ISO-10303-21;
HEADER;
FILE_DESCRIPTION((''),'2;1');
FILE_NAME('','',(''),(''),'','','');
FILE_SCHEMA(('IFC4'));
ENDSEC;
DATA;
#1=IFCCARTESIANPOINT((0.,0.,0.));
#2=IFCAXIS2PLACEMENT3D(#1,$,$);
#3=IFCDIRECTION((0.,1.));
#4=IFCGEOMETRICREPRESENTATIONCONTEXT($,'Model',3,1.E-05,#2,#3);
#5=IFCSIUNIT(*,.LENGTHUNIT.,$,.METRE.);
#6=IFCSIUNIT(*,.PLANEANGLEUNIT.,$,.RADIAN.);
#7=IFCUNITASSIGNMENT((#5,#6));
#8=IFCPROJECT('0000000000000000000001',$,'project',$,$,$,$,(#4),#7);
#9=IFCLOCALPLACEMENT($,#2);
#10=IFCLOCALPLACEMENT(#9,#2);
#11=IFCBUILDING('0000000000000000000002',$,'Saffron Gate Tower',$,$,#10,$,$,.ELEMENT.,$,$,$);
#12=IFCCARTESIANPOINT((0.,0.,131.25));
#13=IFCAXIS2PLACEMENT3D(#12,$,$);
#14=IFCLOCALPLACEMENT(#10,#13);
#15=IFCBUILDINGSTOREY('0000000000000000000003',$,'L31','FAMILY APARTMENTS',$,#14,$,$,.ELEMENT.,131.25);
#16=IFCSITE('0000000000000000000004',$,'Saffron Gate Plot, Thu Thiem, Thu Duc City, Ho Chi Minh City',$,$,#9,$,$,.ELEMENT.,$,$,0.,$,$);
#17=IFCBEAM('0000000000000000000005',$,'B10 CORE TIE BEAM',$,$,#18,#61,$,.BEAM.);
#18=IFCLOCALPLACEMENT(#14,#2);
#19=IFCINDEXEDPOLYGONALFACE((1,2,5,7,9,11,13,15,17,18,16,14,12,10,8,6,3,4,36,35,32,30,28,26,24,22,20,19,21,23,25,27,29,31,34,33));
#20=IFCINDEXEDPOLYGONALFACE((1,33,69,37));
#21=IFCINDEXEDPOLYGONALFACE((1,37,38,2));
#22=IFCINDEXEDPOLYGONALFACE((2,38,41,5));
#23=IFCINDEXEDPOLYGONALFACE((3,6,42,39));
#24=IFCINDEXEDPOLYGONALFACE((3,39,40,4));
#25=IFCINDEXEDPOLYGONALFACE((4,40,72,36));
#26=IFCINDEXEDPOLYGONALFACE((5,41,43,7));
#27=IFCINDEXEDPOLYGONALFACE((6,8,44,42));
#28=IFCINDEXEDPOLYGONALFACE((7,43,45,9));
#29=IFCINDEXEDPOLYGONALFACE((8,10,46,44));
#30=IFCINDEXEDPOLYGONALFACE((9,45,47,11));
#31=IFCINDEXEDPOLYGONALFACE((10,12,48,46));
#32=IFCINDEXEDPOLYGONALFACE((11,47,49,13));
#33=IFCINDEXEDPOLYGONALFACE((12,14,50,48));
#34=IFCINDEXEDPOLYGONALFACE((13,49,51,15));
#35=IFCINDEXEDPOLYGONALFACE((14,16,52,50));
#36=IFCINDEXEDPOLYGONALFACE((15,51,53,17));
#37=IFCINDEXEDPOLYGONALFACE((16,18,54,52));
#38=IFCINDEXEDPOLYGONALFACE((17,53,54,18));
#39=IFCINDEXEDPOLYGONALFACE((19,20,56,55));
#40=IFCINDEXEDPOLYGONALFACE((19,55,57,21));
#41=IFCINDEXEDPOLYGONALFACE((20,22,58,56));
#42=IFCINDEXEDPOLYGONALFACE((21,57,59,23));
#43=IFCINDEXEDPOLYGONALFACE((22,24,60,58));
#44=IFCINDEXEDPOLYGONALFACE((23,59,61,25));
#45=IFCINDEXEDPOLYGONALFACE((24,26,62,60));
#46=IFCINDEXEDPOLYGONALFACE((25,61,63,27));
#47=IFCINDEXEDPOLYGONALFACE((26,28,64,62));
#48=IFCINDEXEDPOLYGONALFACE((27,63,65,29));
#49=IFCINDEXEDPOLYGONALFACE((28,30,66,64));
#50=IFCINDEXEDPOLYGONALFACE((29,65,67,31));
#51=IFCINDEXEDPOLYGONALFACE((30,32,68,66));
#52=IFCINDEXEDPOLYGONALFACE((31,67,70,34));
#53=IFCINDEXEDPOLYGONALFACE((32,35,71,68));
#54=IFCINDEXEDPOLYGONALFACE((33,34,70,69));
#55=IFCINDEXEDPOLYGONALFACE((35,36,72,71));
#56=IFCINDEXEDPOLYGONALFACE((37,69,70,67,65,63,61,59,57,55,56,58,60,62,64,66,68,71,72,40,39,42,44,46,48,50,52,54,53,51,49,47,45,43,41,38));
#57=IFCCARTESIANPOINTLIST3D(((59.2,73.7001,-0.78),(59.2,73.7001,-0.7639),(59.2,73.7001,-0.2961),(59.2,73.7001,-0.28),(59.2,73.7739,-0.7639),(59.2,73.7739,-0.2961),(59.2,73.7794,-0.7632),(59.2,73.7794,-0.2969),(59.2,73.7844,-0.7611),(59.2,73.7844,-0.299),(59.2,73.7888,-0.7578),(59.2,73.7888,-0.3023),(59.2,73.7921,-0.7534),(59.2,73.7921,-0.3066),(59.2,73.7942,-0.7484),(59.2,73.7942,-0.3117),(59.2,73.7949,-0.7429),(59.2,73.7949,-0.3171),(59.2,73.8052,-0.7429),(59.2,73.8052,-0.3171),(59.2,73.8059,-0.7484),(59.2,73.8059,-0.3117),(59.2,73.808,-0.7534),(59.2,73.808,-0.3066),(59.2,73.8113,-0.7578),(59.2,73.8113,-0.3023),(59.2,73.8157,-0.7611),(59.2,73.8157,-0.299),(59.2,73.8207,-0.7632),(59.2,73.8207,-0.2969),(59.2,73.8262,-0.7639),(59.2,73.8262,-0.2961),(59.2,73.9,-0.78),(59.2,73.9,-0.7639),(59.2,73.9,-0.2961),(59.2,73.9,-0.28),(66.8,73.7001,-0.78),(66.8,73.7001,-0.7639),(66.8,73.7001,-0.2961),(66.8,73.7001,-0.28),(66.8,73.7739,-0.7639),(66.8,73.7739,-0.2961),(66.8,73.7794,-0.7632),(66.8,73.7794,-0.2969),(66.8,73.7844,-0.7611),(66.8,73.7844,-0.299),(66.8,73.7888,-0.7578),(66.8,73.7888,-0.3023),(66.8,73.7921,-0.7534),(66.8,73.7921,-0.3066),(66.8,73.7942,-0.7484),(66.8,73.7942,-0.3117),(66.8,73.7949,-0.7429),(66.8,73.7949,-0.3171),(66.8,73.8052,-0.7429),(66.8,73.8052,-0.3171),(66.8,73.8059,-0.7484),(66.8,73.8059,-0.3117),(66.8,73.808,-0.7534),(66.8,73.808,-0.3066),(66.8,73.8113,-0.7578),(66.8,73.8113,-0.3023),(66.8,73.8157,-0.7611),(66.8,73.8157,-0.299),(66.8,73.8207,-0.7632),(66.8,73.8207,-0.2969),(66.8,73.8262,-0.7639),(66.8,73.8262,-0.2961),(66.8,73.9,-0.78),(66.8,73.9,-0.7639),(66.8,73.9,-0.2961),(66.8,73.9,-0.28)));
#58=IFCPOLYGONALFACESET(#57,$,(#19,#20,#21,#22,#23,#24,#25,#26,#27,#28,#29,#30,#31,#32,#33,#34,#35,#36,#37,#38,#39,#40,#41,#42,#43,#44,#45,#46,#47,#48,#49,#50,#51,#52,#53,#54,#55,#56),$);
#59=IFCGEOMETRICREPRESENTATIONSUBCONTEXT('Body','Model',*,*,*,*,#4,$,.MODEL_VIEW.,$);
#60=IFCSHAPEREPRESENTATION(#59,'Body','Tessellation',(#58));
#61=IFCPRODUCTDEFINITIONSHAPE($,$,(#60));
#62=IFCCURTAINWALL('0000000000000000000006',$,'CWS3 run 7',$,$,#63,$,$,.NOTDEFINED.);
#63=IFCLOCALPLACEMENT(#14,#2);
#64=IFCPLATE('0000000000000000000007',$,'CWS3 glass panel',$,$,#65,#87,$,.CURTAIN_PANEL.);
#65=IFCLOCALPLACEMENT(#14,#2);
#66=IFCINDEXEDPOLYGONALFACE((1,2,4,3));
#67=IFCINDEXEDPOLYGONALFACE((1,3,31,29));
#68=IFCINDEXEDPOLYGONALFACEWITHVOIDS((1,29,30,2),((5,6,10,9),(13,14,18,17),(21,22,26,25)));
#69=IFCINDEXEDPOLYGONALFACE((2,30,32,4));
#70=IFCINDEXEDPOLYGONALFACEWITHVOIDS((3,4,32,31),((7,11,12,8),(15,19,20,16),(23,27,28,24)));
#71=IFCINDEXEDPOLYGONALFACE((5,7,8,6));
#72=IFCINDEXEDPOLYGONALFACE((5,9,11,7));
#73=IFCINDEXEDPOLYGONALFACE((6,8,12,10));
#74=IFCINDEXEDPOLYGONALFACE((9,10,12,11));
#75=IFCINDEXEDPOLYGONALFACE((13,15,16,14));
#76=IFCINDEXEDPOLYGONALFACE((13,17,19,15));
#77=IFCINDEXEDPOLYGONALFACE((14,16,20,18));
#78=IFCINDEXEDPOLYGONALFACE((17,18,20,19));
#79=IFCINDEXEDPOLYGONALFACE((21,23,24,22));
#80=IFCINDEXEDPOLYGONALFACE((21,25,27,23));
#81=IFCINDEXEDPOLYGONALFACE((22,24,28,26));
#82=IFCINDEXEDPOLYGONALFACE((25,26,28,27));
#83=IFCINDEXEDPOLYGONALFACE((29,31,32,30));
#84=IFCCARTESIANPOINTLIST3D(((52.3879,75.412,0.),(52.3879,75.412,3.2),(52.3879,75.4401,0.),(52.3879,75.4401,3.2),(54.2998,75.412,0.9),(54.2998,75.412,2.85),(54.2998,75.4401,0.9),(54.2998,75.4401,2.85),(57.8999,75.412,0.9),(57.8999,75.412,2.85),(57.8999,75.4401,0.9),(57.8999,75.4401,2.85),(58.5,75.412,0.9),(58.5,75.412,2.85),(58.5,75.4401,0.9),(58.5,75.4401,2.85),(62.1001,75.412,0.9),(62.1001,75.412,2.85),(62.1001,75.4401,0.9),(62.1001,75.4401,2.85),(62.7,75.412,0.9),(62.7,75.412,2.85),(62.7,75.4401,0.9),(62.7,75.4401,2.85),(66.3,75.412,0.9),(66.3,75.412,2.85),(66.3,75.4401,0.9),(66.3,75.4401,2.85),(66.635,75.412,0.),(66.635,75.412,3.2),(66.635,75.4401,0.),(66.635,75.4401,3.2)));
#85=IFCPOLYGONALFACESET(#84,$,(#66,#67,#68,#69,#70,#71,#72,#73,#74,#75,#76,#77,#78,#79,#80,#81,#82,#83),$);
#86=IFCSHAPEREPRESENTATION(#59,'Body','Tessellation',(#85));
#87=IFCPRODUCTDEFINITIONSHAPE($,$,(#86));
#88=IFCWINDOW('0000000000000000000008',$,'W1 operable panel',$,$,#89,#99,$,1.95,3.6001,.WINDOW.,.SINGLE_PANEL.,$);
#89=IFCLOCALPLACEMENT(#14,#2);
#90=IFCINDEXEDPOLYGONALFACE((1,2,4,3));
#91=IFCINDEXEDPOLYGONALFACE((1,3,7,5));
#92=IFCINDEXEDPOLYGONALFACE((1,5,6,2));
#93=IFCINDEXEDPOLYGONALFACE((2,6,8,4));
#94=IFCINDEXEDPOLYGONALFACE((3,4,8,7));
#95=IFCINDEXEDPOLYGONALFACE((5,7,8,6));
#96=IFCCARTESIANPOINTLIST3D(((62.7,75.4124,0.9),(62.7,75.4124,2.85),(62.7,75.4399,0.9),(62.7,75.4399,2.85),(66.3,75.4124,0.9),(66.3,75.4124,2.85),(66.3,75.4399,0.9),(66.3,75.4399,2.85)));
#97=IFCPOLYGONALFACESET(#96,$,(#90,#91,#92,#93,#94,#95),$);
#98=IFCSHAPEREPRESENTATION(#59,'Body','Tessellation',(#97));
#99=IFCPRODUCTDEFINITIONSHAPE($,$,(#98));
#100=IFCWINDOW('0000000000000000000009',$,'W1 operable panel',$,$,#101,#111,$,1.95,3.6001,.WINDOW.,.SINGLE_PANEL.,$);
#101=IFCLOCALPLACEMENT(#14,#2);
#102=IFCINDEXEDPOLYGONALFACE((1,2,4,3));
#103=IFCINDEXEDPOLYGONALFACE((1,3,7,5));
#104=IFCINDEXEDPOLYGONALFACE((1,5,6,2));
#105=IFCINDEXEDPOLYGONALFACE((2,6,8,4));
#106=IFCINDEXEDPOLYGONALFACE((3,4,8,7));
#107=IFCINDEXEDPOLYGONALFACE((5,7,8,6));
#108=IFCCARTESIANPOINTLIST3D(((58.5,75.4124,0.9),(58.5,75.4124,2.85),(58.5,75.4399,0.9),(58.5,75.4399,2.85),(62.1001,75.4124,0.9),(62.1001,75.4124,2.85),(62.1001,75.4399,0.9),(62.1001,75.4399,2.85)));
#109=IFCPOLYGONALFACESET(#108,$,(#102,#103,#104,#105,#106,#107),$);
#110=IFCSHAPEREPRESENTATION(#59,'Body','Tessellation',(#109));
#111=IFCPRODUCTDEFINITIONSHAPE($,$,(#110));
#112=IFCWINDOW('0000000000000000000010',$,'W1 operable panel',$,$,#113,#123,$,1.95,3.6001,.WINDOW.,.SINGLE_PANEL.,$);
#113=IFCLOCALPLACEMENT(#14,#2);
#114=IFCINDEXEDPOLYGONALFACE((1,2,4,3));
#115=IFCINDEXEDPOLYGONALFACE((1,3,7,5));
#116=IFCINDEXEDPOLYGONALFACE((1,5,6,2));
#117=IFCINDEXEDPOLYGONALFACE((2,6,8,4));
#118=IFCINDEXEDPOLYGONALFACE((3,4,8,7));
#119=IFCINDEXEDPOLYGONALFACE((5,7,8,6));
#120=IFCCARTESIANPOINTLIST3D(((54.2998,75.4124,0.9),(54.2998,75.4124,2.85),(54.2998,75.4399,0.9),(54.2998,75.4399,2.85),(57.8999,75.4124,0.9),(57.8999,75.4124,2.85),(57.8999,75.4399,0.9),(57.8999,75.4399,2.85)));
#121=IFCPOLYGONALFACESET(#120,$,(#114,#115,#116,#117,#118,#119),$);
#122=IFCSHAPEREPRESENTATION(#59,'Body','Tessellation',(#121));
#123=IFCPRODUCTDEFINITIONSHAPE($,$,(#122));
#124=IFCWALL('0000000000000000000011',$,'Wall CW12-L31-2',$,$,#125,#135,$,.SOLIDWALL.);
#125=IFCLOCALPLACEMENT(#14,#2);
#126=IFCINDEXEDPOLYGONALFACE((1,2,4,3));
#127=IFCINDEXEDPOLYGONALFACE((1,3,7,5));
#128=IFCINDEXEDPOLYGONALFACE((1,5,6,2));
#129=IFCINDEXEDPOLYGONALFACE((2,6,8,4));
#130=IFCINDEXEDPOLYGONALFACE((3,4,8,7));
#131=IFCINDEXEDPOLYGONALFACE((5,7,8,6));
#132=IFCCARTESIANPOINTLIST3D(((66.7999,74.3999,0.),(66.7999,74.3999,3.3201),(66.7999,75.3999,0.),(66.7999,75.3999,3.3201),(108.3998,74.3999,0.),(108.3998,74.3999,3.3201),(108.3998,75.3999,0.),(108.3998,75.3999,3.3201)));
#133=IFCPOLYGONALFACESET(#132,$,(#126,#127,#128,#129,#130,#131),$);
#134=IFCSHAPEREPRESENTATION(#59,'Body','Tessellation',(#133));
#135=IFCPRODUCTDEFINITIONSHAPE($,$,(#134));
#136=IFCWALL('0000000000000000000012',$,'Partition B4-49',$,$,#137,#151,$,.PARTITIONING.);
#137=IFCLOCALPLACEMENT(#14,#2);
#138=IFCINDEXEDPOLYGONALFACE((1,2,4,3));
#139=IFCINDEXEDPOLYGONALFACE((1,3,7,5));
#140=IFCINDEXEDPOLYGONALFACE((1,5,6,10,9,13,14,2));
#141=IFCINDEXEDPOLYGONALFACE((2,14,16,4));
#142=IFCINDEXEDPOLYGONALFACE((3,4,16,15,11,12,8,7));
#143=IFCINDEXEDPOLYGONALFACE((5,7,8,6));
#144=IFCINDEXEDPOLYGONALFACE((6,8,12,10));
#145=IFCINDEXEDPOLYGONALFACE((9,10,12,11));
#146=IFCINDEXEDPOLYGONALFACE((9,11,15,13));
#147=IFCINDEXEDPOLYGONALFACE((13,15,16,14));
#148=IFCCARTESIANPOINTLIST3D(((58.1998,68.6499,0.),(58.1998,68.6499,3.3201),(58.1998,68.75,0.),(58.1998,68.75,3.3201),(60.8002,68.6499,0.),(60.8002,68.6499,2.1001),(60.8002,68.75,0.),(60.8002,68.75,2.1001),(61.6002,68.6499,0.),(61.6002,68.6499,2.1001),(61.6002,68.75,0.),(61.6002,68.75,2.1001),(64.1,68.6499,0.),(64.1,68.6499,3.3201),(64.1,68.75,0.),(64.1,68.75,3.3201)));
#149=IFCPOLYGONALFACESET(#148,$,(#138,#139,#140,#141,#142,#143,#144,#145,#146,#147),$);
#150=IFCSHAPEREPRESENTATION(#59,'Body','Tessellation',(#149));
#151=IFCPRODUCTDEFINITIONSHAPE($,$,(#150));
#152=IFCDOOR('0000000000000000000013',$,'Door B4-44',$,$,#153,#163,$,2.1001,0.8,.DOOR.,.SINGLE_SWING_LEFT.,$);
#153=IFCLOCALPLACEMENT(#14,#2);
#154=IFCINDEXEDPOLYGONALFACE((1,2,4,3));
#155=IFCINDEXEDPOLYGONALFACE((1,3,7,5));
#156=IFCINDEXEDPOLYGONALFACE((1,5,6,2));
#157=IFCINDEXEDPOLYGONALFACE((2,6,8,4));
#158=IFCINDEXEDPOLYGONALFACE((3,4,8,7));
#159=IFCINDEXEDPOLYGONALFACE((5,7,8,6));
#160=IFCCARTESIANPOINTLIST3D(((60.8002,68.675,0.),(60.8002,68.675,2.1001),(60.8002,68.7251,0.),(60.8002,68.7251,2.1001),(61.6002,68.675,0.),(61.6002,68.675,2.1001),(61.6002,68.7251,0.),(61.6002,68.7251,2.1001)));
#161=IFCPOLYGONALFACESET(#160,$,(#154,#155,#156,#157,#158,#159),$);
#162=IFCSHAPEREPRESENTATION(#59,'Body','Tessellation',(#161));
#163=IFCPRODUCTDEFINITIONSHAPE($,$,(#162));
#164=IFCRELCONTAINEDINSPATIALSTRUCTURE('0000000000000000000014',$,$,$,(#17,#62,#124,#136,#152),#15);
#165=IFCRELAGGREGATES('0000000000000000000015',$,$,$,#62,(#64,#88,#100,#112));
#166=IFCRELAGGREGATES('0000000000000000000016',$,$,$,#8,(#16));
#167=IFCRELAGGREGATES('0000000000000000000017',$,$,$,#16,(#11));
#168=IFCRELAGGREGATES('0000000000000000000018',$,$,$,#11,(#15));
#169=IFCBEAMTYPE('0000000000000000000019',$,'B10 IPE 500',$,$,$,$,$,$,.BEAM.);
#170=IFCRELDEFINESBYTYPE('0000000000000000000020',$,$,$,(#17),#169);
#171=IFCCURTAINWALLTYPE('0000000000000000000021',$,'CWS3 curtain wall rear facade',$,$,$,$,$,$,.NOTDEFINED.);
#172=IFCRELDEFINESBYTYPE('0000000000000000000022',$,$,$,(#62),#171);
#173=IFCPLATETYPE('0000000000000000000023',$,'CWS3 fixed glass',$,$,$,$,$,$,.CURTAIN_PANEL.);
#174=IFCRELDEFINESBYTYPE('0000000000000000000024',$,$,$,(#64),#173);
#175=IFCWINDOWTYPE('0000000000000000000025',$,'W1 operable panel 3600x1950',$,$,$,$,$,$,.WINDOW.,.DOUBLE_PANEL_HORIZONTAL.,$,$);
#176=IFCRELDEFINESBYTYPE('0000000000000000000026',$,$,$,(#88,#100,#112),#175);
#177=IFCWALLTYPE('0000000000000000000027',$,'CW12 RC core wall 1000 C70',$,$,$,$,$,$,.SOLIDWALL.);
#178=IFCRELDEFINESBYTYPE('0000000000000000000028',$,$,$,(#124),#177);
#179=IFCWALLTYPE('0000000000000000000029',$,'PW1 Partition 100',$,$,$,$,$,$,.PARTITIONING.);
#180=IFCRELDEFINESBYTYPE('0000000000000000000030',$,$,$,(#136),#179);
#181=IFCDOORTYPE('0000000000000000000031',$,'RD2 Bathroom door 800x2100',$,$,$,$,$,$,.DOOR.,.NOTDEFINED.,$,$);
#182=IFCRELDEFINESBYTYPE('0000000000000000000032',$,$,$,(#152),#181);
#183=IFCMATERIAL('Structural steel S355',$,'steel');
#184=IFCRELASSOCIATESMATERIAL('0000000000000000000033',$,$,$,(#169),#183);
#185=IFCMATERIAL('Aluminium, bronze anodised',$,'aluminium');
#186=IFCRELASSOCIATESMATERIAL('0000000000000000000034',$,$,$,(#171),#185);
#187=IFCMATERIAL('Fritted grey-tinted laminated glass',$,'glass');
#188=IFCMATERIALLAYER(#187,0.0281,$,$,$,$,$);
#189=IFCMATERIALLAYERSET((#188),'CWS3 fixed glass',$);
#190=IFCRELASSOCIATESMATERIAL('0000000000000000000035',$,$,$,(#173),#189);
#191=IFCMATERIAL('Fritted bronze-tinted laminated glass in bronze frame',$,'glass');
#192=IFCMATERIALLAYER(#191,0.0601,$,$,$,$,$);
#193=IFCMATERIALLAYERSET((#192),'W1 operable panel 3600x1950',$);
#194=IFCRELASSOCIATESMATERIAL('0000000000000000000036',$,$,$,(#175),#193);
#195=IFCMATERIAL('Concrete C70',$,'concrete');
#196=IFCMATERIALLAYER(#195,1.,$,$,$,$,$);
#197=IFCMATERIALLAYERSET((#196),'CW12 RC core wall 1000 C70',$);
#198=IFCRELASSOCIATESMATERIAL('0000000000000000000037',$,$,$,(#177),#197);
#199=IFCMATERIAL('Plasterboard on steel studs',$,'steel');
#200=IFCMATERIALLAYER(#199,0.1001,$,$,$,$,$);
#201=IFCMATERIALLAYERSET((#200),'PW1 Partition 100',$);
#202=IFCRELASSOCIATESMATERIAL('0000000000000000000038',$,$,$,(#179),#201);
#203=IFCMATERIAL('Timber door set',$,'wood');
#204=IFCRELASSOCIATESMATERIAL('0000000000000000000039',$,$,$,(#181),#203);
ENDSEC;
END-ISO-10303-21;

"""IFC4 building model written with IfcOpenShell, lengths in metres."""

from ifc_helpers import new_model, si_unit, direction, frame, frame_2d, origin, origin_2d, place, context, subcontext, project, spatial, rectangle, i_section, extrude, material, layer, layer_set, material_profile, profile_set, type_object, element, fill, aggregate, save


model = new_model("IFC4")

# Units and contexts
model_context = context("Model", 3, precision=1e-05, world=origin(), true_north=direction((0.0, 1.0)))
body_context = subcontext(model_context, "Body", "Model", "MODEL_VIEW")
ifc_project = project(units=[si_unit("LENGTHUNIT", "METRE"), si_unit("PLANEANGLEUNIT", "RADIAN")], contexts=[model_context])

# Site, building, storey
site_placement = place(None, origin())
site = spatial("IfcSite", under=ifc_project, at=site_placement, Name="Saffron Gate Plot, Thu Thiem, Thu Duc City, Ho Chi Minh City", CompositionType="ELEMENT", RefElevation=0.0)
building_placement = place(site_placement, origin())
building = spatial("IfcBuilding", under=site, at=building_placement, Name="Saffron Gate Tower", CompositionType="ELEMENT")
storey_placement = place(building_placement, frame((0.0, 0.0, 131.25)))
storey = spatial("IfcBuildingStorey", under=building, at=storey_placement, Name="L31", Description="FAMILY APARTMENTS", CompositionType="ELEMENT", Elevation=131.25)

# Beam
ifc_material_1 = material(Name="Structural steel S355", Category="steel")
ifc_material_profile = material_profile(ifc_material_1, i_section(OverallWidth=0.2, OverallDepth=0.5, WebThickness=0.0103, FlangeThickness=0.0161, FilletRadius=0.021, at=origin_2d()))
ifc_profile_set = profile_set([ifc_material_profile], Name="Structural steel S355")
beam_type = type_object("IfcBeamType", Name="B10 IPE 500", PredefinedType="BEAM", material=ifc_profile_set)
beam_placement = place(storey_placement, frame((59.2, 73.8, -0.53), z_axis=(1.0, 0.0, 0.0), x_axis=(0.0, 1.0, 0.0)))
element("IfcBeam", 1, at=beam_placement, inside=storey, type_object=beam_type, Name="B10 CORE TIE BEAM", PredefinedType="BEAM", context=body_context, shape_type="SweptSolid", body=[
    extrude(i_section(OverallWidth=0.2, OverallDepth=0.5, WebThickness=0.0103, FlangeThickness=0.0161, FilletRadius=0.021, at=origin_2d()), origin(), (0.0, 0.0, 1.0), 7.6001),
])

# Curtain wall, plate, openings, windows
ifc_material_2 = material(Name="Aluminium, bronze anodised", Category="aluminium")
curtain_wall_type = type_object("IfcCurtainWallType", Name="CWS3 curtain wall rear facade", PredefinedType="NOTDEFINED", material=ifc_material_2)
curtain_wall_placement = place(storey_placement, origin())
curtain_wall = element("IfcCurtainWall", 2, at=curtain_wall_placement, inside=storey, type_object=curtain_wall_type, Name="CWS3 run 7", PredefinedType="NOTDEFINED")
ifc_material_3 = material(Name="Fritted grey-tinted laminated glass", Category="glass")
ifc_layer_1 = layer(ifc_material_3, 0.0281)
ifc_layer_set_1 = layer_set([ifc_layer_1], Name="CWS3 fixed glass")
plate_type = type_object("IfcPlateType", Name="CWS3 fixed glass", PredefinedType="CURTAIN_PANEL", material=ifc_layer_set_1)
plate_placement = place(storey_placement, frame((66.635, 75.426, 0.0), z_axis=(0.0, 0.0, 1.0), x_axis=(-1.0, 0.0, 0.0)))
plate = element("IfcPlate", 3, at=plate_placement, type_object=plate_type, Name="CWS3 glass panel", PredefinedType="CURTAIN_PANEL", context=body_context, shape_type="SweptSolid", body=[
    extrude(rectangle(XDim=14.2471, YDim=0.0281, at=frame_2d((7.1235, 0.0))), origin(), (0.0, 0.0, 1.0), 3.2),
])
opening_1_placement = place(plate_placement, frame((0.335, 0.0, 0.8999)))
opening_1 = element("IfcOpeningElement", 4, at=opening_1_placement, cuts=plate, PredefinedType="OPENING", context=body_context, shape_type="SweptSolid", body=[
    extrude(rectangle(XDim=3.6001, YDim=1.95, at=frame_2d((1.8, 0.9751))), frame((0.0, 0.0239, 0.0), z_axis=(0.0, -1.0, 0.0), x_axis=(1.0, 0.0, 0.0)), (0.0, 0.0, 1.0), 0.0481),
])
opening_2_placement = place(plate_placement, frame((4.5349, 0.0, 0.8999)))
opening_2 = element("IfcOpeningElement", 5, at=opening_2_placement, cuts=plate, PredefinedType="OPENING", context=body_context, shape_type="SweptSolid", body=[
    extrude(rectangle(XDim=3.6001, YDim=1.95, at=frame_2d((1.8, 0.9751))), frame((0.0, 0.0239, 0.0), z_axis=(0.0, -1.0, 0.0), x_axis=(1.0, 0.0, 0.0)), (0.0, 0.0, 1.0), 0.0481),
])
opening_3_placement = place(plate_placement, frame((8.7351, 0.0, 0.8999)))
opening_3 = element("IfcOpeningElement", 6, at=opening_3_placement, cuts=plate, PredefinedType="OPENING", context=body_context, shape_type="SweptSolid", body=[
    extrude(rectangle(XDim=3.6001, YDim=1.95, at=frame_2d((1.8, 0.9751))), frame((0.0, 0.0239, 0.0), z_axis=(0.0, -1.0, 0.0), x_axis=(1.0, 0.0, 0.0)), (0.0, 0.0, 1.0), 0.0481),
])
ifc_material_4 = material(Name="Fritted bronze-tinted laminated glass in bronze frame", Category="glass")
ifc_layer_2 = layer(ifc_material_4, 0.0601)
ifc_layer_set_2 = layer_set([ifc_layer_2], Name="W1 operable panel 3600x1950")
window_type = type_object("IfcWindowType", Name="W1 operable panel 3600x1950", PartitioningType="DOUBLE_PANEL_HORIZONTAL", PredefinedType="WINDOW", material=ifc_layer_set_2)
window_1_placement = place(opening_1_placement, origin())
window_1 = element("IfcWindow", 7, at=window_1_placement, type_object=window_type, Name="W1 operable panel", OverallHeight=1.95, OverallWidth=3.6001, PartitioningType="SINGLE_PANEL", PredefinedType="WINDOW", context=body_context, shape_type="SweptSolid", body=[
    extrude(rectangle(XDim=3.6001, YDim=1.95, at=frame_2d((1.8, 0.9751))), frame((0.0, 0.0137, 0.0), z_axis=(0.0, -1.0, 0.0), x_axis=(1.0, 0.0, 0.0)), (0.0, 0.0, 1.0), 0.0276),
])
fill(opening_1, window_1)
window_2_placement = place(opening_2_placement, origin())
window_2 = element("IfcWindow", 8, at=window_2_placement, type_object=window_type, Name="W1 operable panel", OverallHeight=1.95, OverallWidth=3.6001, PartitioningType="SINGLE_PANEL", PredefinedType="WINDOW", context=body_context, shape_type="SweptSolid", body=[
    extrude(rectangle(XDim=3.6001, YDim=1.95, at=frame_2d((1.8, 0.9751))), frame((0.0, 0.0137, 0.0), z_axis=(0.0, -1.0, 0.0), x_axis=(1.0, 0.0, 0.0)), (0.0, 0.0, 1.0), 0.0276),
])
fill(opening_2, window_2)
window_3_placement = place(opening_3_placement, origin())
window_3 = element("IfcWindow", 9, at=window_3_placement, type_object=window_type, Name="W1 operable panel", OverallHeight=1.95, OverallWidth=3.6001, PartitioningType="SINGLE_PANEL", PredefinedType="WINDOW", context=body_context, shape_type="SweptSolid", body=[
    extrude(rectangle(XDim=3.6001, YDim=1.95, at=frame_2d((1.8, 0.9751))), frame((0.0, 0.0137, 0.0), z_axis=(0.0, -1.0, 0.0), x_axis=(1.0, 0.0, 0.0)), (0.0, 0.0, 1.0), 0.0276),
])
fill(opening_3, window_3)
aggregate(curtain_wall, [plate, window_1, window_2, window_3])

# Wall
ifc_material_5 = material(Name="Concrete C70", Category="concrete")
ifc_layer_3 = layer(ifc_material_5, 1.0)
ifc_layer_set_3 = layer_set([ifc_layer_3], Name="CW12 RC core wall 1000 C70")
wall_type_1 = type_object("IfcWallType", Name="CW12 RC core wall 1000 C70", PredefinedType="SOLIDWALL", material=ifc_layer_set_3)
wall_1_placement = place(storey_placement, frame((66.8, 74.8999, 0.0), z_axis=(0.0, 0.0, 1.0), x_axis=(1.0, 0.0, 0.0)))
element("IfcWall", 10, at=wall_1_placement, inside=storey, type_object=wall_type_1, Name="Wall CW12-L31-2", PredefinedType="SOLIDWALL", context=body_context, shape_type="SweptSolid", body=[
    extrude(rectangle(XDim=41.5999, YDim=1.0, at=frame_2d((20.7998, 0.0))), origin(), (0.0, 0.0, 1.0), 3.3201),
])

# Wall, opening, door
ifc_material_6 = material(Name="Plasterboard on steel studs", Category="steel")
ifc_layer_4 = layer(ifc_material_6, 0.1001)
ifc_layer_set_4 = layer_set([ifc_layer_4], Name="PW1 Partition 100")
wall_type_2 = type_object("IfcWallType", Name="PW1 Partition 100", PredefinedType="PARTITIONING", material=ifc_layer_set_4)
wall_2_placement = place(storey_placement, frame((64.1001, 68.7, 0.0), z_axis=(0.0, 0.0, 1.0), x_axis=(-1.0, 0.0, 0.0)))
wall_2 = element("IfcWall", 11, at=wall_2_placement, inside=storey, type_object=wall_type_2, Name="Partition B4-49", PredefinedType="PARTITIONING", context=body_context, shape_type="SweptSolid", body=[
    extrude(rectangle(XDim=5.9001, YDim=0.1001, at=frame_2d((2.9502, 0.0))), origin(), (0.0, 0.0, 1.0), 3.3201),
])
opening_4_placement = place(wall_2_placement, frame((2.5, 0.0, 0.0)))
opening_4 = element("IfcOpeningElement", 12, at=opening_4_placement, cuts=wall_2, PredefinedType="OPENING", context=body_context, shape_type="SweptSolid", body=[
    extrude(rectangle(XDim=0.8, YDim=2.1001, at=frame_2d((0.3999, 1.05))), frame((0.0, 0.0601, 0.0), z_axis=(0.0, -1.0, 0.0), x_axis=(1.0, 0.0, 0.0)), (0.0, 0.0, 1.0), 0.1201),
])
ifc_material_7 = material(Name="Timber door set", Category="wood")
door_type = type_object("IfcDoorType", Name="RD2 Bathroom door 800x2100", OperationType="NOTDEFINED", PredefinedType="DOOR", material=ifc_material_7)
door_placement = place(opening_4_placement, origin())
door = element("IfcDoor", 13, at=door_placement, inside=storey, type_object=door_type, Name="Door B4-44", OperationType="SINGLE_SWING_LEFT", OverallHeight=2.1001, OverallWidth=0.8, PredefinedType="DOOR", context=body_context, shape_type="SweptSolid", body=[
    extrude(rectangle(XDim=0.8, YDim=2.1001, at=frame_2d((0.3999, 1.05))), frame((0.0, 0.0249, 0.0), z_axis=(0.0, -1.0, 0.0), x_axis=(1.0, 0.0, 0.0)), (0.0, 0.0, 1.0), 0.05),
])
fill(opening_4, door)

save(model, "model.ifc")
